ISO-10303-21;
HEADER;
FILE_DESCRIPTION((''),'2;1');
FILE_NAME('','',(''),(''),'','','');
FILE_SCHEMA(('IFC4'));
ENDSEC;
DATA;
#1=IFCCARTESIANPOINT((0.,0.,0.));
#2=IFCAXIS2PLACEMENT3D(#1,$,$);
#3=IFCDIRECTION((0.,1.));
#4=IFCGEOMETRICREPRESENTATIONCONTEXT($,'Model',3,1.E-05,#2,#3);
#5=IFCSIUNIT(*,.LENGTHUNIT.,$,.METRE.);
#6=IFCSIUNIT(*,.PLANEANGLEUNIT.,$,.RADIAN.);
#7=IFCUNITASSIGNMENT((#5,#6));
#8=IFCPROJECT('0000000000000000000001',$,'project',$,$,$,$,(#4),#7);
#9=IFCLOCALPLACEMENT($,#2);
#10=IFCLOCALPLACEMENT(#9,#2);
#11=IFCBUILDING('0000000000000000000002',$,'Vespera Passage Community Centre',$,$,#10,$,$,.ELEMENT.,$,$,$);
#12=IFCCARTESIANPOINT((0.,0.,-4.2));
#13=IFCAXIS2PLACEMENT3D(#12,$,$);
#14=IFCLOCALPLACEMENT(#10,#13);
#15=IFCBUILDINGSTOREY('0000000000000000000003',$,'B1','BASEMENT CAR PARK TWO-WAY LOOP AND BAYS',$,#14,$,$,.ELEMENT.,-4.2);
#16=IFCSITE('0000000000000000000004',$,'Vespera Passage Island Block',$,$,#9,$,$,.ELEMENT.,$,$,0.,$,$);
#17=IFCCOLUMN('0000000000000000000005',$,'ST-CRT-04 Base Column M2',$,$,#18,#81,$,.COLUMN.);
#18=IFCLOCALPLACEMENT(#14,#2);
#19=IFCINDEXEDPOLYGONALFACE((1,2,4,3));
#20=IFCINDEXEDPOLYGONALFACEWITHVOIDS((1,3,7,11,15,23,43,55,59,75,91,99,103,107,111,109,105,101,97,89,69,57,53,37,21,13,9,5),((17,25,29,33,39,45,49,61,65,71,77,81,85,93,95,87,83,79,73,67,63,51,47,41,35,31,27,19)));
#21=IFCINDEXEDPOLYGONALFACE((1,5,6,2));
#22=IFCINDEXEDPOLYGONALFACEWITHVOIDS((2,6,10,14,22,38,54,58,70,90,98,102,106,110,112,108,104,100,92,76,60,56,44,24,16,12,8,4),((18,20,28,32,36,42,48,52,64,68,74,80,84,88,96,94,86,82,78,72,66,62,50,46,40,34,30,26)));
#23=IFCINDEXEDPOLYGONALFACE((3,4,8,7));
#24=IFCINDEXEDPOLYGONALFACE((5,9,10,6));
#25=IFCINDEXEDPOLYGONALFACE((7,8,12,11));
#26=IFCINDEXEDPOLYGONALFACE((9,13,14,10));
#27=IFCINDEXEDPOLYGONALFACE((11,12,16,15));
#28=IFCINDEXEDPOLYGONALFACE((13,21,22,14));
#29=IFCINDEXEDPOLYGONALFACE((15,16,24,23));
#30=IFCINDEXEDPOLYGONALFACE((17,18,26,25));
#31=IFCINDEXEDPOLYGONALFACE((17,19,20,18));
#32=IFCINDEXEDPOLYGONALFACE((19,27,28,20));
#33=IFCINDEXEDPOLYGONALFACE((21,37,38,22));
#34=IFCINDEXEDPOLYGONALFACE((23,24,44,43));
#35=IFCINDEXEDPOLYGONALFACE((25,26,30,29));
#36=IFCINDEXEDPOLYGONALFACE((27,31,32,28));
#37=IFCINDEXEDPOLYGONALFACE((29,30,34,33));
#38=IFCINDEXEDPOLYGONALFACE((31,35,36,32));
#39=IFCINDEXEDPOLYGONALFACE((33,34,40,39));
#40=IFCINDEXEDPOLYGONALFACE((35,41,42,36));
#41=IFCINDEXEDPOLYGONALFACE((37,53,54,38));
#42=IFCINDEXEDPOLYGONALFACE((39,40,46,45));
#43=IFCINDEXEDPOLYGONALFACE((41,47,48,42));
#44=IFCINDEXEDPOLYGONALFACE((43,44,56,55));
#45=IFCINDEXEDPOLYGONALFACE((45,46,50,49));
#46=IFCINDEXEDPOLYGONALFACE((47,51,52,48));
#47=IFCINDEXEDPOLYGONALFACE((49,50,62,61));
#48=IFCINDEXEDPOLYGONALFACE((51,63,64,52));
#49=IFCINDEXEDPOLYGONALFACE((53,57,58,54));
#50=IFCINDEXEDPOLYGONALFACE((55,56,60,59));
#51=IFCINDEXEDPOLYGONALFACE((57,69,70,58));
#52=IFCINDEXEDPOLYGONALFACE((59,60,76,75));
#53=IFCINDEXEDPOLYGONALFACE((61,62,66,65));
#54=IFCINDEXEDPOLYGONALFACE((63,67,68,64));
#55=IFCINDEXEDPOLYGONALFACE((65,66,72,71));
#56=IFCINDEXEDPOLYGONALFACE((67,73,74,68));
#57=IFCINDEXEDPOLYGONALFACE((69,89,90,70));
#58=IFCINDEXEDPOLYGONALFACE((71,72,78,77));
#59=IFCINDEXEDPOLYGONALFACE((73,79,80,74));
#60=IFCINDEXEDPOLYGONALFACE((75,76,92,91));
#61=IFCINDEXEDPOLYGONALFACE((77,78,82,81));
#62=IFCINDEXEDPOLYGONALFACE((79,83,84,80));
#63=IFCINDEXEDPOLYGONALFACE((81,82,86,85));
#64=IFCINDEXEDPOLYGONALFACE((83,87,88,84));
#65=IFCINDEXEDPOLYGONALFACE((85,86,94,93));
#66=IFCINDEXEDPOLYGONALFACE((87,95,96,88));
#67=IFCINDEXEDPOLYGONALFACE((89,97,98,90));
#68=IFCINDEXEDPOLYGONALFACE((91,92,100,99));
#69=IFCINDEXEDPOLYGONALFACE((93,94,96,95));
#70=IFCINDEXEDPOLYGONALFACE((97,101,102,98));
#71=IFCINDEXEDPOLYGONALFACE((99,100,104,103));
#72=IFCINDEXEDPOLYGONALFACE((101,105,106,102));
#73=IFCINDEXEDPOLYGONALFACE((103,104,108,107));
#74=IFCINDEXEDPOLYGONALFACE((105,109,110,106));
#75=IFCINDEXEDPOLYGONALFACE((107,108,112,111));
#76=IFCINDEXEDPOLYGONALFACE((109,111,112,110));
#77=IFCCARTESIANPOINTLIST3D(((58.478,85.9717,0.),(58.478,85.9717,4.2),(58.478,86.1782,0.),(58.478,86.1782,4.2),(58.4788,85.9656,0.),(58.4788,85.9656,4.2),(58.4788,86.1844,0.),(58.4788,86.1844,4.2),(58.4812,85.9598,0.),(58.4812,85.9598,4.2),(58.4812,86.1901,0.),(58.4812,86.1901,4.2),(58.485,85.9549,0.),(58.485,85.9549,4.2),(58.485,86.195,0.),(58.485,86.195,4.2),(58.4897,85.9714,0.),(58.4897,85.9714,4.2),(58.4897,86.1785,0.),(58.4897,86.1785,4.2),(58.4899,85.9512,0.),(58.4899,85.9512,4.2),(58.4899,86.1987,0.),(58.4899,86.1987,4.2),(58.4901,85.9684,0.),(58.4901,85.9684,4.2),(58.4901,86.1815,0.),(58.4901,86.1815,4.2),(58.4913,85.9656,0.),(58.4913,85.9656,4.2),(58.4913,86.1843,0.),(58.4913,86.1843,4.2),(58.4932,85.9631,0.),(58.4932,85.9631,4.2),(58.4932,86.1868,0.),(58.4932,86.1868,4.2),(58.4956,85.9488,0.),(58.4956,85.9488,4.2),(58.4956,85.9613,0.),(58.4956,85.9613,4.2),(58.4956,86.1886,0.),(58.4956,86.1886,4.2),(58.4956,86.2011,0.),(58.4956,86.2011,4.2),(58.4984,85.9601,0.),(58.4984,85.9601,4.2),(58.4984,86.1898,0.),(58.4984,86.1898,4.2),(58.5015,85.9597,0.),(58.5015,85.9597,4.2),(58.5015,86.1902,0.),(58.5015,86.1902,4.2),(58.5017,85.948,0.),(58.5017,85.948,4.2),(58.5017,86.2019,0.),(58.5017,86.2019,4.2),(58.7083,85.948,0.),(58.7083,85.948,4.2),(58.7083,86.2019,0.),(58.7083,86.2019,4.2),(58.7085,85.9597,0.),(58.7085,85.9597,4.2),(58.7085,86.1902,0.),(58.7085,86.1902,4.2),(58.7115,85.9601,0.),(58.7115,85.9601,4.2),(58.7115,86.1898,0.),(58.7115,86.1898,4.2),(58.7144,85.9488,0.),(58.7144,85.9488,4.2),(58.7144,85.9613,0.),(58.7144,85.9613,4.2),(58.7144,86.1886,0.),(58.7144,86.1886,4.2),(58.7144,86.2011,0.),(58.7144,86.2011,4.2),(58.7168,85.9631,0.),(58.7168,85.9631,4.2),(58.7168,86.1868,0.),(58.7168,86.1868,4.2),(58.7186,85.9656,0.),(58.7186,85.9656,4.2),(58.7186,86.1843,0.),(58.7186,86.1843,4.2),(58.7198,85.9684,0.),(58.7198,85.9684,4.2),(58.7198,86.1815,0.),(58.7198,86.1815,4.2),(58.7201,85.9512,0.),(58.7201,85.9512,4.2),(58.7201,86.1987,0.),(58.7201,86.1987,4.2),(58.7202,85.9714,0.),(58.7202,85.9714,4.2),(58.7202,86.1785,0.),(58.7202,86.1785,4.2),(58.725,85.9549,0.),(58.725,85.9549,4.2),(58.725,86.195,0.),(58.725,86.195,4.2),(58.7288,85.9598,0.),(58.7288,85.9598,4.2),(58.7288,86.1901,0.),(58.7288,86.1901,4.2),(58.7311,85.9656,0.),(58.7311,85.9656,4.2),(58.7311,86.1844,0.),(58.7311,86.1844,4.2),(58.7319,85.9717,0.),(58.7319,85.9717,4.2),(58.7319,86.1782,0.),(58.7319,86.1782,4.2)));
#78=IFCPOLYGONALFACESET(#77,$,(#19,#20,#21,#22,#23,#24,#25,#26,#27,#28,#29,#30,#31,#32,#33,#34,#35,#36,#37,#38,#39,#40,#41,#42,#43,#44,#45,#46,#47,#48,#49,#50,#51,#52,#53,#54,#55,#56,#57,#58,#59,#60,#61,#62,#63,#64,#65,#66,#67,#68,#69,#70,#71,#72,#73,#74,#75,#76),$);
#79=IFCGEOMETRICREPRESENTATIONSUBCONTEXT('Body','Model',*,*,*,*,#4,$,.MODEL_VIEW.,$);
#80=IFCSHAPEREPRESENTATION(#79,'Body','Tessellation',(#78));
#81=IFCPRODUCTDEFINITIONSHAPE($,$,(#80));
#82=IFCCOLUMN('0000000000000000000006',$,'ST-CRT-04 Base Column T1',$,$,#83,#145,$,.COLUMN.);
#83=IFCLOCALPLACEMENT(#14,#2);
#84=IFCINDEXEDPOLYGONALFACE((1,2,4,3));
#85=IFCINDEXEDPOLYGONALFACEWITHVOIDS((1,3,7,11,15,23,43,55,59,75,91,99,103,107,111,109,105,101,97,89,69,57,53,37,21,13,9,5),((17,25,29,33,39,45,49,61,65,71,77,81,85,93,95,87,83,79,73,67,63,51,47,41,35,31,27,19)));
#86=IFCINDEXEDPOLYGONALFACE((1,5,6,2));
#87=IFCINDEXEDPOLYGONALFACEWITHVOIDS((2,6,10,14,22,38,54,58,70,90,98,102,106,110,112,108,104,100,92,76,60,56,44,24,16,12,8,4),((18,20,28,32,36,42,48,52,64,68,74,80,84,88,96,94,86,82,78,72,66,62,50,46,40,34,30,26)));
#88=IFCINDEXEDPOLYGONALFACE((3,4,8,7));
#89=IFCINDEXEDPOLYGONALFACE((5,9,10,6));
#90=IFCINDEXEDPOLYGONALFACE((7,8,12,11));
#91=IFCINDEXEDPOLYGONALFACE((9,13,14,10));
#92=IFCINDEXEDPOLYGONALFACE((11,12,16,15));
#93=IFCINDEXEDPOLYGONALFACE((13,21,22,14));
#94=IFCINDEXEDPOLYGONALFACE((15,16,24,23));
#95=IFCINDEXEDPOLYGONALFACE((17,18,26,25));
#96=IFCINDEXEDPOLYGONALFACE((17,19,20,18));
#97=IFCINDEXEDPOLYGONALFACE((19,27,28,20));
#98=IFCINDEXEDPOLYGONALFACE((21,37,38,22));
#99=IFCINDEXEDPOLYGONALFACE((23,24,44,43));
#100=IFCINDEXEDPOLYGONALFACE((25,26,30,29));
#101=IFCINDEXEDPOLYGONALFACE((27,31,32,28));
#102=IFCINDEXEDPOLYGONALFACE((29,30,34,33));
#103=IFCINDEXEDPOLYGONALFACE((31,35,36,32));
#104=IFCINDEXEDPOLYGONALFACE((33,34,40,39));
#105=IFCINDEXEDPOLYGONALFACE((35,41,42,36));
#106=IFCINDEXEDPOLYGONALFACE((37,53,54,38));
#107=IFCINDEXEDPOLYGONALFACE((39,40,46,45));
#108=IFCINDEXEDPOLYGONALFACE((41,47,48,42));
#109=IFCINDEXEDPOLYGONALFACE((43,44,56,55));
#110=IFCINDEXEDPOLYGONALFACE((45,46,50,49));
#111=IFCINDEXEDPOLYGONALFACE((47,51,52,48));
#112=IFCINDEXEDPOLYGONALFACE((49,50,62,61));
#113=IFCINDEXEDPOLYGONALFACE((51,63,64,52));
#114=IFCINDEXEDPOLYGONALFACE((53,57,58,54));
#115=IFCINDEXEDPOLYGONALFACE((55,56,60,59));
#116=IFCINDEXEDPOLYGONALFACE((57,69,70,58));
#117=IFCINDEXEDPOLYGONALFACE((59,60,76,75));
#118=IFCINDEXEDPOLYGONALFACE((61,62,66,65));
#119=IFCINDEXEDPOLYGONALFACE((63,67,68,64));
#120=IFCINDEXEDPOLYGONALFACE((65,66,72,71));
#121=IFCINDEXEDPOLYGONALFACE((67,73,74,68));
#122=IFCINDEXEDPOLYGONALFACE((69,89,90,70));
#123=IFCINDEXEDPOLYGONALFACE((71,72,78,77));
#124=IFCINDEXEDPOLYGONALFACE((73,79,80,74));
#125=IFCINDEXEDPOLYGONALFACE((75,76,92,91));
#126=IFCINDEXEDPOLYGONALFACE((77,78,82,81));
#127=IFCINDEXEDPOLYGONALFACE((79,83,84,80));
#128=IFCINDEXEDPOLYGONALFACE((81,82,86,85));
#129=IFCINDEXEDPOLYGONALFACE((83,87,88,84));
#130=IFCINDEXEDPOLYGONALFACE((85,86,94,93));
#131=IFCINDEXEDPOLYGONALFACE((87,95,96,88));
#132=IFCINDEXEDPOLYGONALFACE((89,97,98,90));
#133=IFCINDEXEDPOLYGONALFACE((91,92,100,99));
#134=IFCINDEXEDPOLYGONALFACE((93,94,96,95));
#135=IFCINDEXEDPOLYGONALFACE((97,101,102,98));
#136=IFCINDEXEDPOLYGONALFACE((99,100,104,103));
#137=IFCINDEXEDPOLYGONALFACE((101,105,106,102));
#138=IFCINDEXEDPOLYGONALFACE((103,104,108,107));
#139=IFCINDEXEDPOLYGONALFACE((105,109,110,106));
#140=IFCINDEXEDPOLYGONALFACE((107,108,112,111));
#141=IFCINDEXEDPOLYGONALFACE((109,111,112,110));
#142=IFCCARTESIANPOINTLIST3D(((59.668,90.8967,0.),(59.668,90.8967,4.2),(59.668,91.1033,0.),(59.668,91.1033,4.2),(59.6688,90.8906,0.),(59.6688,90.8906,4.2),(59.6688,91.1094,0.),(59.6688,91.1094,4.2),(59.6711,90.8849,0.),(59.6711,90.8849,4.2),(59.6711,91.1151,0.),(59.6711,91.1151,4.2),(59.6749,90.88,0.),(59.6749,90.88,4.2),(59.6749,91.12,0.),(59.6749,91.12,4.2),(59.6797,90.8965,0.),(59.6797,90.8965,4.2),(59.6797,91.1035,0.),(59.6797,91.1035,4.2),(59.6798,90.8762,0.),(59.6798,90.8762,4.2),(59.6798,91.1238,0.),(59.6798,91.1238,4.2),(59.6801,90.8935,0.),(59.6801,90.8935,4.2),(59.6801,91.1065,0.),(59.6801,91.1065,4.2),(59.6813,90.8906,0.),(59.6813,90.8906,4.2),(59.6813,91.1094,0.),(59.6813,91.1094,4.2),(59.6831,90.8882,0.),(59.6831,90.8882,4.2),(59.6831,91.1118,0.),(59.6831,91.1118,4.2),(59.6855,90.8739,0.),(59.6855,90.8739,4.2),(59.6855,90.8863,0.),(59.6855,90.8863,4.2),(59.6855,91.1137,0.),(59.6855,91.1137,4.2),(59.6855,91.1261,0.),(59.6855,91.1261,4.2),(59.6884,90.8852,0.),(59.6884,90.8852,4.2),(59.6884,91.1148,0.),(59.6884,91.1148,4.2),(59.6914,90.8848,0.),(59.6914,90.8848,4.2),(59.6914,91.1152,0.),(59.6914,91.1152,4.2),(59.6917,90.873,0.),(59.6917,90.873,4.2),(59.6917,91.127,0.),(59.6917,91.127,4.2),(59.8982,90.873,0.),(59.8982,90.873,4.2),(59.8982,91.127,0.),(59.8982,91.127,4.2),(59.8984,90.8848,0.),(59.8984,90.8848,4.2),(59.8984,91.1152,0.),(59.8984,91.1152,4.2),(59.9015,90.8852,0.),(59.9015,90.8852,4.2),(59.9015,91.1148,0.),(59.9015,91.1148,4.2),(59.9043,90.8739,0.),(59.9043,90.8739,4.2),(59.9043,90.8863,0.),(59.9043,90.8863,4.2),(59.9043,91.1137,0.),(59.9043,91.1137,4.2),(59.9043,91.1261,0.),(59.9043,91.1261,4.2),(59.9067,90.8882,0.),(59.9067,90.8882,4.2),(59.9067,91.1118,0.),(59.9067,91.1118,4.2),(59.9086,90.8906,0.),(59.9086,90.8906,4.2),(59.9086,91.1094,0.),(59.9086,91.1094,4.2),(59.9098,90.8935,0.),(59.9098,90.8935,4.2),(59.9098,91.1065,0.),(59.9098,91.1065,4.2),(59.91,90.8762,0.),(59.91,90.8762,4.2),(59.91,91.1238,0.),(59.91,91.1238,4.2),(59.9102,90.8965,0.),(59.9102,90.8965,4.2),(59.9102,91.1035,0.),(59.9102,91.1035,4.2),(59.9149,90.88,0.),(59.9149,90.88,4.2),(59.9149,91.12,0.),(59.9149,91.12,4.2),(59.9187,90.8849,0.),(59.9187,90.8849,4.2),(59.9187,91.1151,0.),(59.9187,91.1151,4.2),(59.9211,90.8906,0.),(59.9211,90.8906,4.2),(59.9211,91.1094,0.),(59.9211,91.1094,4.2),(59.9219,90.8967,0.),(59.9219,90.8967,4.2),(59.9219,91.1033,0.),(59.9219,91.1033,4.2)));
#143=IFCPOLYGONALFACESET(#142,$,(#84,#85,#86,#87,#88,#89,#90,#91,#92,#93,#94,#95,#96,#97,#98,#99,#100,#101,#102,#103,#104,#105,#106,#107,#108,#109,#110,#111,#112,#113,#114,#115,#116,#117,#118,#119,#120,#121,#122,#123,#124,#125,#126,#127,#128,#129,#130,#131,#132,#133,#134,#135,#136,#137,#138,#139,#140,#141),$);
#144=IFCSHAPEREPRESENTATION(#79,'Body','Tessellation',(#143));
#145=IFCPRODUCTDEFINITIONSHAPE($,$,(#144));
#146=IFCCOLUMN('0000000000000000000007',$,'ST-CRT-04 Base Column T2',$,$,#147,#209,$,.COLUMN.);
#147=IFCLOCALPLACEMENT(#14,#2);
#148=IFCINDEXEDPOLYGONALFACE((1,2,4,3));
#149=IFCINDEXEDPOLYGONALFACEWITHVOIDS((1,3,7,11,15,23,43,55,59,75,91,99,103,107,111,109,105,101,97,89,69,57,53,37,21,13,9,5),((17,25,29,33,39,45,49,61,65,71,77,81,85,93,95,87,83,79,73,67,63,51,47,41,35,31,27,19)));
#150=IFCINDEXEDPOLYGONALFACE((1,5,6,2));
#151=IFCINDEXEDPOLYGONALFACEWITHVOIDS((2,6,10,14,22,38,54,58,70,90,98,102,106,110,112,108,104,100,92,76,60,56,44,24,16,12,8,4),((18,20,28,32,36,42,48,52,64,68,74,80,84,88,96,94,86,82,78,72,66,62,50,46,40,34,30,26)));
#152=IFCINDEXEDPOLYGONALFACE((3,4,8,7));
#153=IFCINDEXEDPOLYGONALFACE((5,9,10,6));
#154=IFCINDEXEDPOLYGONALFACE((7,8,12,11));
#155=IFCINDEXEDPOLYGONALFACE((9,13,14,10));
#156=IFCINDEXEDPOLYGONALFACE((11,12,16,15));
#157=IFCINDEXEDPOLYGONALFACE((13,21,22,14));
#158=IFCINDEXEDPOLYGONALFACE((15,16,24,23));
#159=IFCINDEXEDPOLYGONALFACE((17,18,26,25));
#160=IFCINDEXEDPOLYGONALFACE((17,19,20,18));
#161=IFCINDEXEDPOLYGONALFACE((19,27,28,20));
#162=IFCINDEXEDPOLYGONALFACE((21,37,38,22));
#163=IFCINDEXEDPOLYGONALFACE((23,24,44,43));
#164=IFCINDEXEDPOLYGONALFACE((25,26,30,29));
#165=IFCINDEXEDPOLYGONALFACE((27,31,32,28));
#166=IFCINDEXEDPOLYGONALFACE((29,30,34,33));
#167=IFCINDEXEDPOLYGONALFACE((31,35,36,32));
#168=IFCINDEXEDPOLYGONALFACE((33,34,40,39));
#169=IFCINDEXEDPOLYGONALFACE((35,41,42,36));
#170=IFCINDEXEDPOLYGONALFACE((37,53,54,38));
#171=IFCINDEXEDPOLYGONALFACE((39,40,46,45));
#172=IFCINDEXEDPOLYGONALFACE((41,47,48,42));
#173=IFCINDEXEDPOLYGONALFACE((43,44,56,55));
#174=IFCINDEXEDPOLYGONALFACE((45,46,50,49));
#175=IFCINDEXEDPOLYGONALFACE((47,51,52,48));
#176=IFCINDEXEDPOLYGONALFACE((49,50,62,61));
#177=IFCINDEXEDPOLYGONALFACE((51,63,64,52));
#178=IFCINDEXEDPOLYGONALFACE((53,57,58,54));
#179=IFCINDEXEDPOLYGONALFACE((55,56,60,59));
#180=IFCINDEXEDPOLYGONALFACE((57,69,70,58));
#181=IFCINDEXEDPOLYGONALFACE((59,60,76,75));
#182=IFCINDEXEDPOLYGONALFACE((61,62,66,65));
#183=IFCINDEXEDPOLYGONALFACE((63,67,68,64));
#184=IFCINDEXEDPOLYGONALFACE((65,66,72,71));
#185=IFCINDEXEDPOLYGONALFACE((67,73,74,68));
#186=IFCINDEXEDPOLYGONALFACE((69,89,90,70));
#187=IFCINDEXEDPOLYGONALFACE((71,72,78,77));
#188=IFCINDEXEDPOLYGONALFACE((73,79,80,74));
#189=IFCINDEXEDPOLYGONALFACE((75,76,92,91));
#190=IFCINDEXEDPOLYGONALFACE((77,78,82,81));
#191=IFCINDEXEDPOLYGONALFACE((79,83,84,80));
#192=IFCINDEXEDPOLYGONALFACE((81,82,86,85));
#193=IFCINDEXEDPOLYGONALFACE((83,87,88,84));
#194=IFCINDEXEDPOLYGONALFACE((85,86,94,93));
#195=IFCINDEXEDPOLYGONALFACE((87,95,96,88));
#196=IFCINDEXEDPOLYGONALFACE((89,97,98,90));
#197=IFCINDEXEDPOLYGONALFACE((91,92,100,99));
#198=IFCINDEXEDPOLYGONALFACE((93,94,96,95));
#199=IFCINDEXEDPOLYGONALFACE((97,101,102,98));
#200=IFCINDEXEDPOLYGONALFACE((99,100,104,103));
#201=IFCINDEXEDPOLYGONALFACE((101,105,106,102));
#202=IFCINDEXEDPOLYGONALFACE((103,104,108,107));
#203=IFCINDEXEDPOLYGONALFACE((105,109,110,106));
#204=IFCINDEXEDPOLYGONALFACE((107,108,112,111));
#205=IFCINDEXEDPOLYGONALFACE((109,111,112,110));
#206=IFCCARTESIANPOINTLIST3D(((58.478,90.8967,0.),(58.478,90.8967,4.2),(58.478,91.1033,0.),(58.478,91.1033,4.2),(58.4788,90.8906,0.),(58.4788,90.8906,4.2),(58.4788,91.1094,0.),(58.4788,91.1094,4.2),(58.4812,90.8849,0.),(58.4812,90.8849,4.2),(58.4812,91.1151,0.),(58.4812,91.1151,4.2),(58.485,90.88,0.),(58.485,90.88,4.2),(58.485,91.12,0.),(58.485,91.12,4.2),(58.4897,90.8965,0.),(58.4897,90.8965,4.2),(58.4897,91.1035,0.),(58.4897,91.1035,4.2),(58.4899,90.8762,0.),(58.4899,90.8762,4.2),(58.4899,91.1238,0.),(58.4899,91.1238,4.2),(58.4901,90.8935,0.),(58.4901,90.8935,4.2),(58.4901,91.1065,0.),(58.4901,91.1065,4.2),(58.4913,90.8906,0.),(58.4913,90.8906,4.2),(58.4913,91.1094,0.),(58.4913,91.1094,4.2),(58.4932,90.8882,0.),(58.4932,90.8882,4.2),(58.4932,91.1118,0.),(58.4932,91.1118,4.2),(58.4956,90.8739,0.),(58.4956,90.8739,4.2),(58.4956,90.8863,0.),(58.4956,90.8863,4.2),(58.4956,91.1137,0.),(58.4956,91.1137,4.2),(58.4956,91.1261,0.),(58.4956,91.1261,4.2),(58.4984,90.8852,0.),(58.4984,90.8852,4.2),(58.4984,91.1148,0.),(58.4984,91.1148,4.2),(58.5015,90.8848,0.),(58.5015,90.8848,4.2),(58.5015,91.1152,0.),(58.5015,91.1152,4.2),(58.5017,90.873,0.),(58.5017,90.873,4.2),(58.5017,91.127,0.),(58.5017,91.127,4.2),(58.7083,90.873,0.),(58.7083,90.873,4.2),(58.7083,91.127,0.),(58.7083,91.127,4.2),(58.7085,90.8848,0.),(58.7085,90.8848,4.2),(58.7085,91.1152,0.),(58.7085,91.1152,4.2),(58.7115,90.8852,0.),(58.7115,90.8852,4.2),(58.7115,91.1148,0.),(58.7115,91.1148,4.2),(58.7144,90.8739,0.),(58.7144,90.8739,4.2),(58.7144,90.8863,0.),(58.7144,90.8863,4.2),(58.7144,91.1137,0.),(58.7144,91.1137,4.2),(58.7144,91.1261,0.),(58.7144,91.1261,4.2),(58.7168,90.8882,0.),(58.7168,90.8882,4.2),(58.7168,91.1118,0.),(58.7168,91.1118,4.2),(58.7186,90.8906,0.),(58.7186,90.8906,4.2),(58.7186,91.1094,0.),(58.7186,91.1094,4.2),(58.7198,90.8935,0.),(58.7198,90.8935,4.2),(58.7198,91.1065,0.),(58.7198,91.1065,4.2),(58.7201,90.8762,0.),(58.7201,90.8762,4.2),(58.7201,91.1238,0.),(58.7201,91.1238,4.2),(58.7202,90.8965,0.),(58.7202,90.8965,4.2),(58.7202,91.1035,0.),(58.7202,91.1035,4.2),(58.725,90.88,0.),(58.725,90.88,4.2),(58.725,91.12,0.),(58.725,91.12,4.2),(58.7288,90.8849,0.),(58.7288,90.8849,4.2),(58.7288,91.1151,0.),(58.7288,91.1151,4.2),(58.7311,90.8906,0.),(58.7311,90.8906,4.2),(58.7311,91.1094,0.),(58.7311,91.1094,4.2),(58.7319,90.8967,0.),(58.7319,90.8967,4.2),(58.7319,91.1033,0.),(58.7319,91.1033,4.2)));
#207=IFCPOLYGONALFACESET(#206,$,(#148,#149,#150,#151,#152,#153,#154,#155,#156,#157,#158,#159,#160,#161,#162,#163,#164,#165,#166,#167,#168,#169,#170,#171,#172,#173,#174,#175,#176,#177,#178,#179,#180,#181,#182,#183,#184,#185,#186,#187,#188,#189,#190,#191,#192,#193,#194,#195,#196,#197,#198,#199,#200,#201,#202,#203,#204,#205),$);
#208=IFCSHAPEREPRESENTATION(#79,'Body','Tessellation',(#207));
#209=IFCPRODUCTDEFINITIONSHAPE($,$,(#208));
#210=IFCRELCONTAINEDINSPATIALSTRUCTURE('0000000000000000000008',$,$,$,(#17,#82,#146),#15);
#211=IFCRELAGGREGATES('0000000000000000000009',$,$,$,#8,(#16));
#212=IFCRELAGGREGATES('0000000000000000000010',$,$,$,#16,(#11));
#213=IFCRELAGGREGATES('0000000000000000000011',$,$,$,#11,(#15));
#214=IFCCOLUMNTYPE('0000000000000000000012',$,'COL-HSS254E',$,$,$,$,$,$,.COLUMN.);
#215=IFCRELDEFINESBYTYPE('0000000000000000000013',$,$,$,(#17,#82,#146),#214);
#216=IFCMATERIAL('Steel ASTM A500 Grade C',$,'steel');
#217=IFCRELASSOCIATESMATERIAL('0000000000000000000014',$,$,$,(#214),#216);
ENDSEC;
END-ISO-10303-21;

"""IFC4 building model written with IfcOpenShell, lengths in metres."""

from ifc_helpers import new_model, si_unit, direction, frame, origin, origin_2d, place, context, subcontext, project, spatial, hollow_rectangle, extrude, material, material_profile, profile_set, type_object, element, save


model = new_model("IFC4")

# Units and contexts
model_context = context("Model", 3, precision=1e-05, world=origin(), true_north=direction((0.0, 1.0)))
body_context = subcontext(model_context, "Body", "Model", "MODEL_VIEW")
ifc_project = project(units=[si_unit("LENGTHUNIT", "METRE"), si_unit("PLANEANGLEUNIT", "RADIAN")], contexts=[model_context])

# Site, building, storey
site_placement = place(None, origin())
site = spatial("IfcSite", under=ifc_project, at=site_placement, Name="Vespera Passage Island Block", CompositionType="ELEMENT", RefElevation=0.0)
building_placement = place(site_placement, origin())
building = spatial("IfcBuilding", under=site, at=building_placement, Name="Vespera Passage Community Centre", CompositionType="ELEMENT")
storey_placement = place(building_placement, frame((0.0, 0.0, -4.2)))
storey = spatial("IfcBuildingStorey", under=building, at=storey_placement, Name="B1", Description="BASEMENT CAR PARK TWO-WAY LOOP AND BAYS", CompositionType="ELEMENT", Elevation=-4.2)

# Columns
ifc_material_1 = material(Name="Steel ASTM A500 Grade C", Category="steel")
ifc_material_profile_1 = material_profile(ifc_material_1, hollow_rectangle(XDim=0.2539, YDim=0.2539, WallThickness=0.0117, InnerFilletRadius=0.0117, OuterFilletRadius=0.0237, at=origin_2d()), Name="HSS254X254X12.7")
ifc_profile_set_1 = profile_set([ifc_material_profile_1], Name="Steel ASTM A500 Grade C")
column_type_1 = type_object("IfcColumnType", Name="COL-HSS254E", PredefinedType="COLUMN", material=ifc_profile_set_1)
for number, where, z_axis, x_axis, name in (
    (1, (58.605, 86.075, 0.0), (0.0, 0.0, 1.0), (1.0, 0.0, 0.0), "ST-CRT-04 Base Column M2"),
    (2, (59.7949, 91.0, 0.0), (0.0, 0.0, 1.0), (1.0, 0.0, 0.0), "ST-CRT-04 Base Column T1"),
    (3, (58.605, 91.0, 0.0), (0.0, 0.0, 1.0), (1.0, 0.0, 0.0), "ST-CRT-04 Base Column T2"),
):
    element("IfcColumn", number, at=place(storey_placement, frame(where, z_axis=z_axis, x_axis=x_axis)), inside=storey, type_object=column_type_1, Name=name, PredefinedType="COLUMN", context=body_context, shape_type="SweptSolid", body=[
        extrude(hollow_rectangle(XDim=0.2539, YDim=0.2539, WallThickness=0.0117, InnerFilletRadius=0.0117, OuterFilletRadius=0.0237, at=origin_2d()), origin(), (0.0, 0.0, 1.0), 4.2),
    ])

save(model, "model.ifc")
